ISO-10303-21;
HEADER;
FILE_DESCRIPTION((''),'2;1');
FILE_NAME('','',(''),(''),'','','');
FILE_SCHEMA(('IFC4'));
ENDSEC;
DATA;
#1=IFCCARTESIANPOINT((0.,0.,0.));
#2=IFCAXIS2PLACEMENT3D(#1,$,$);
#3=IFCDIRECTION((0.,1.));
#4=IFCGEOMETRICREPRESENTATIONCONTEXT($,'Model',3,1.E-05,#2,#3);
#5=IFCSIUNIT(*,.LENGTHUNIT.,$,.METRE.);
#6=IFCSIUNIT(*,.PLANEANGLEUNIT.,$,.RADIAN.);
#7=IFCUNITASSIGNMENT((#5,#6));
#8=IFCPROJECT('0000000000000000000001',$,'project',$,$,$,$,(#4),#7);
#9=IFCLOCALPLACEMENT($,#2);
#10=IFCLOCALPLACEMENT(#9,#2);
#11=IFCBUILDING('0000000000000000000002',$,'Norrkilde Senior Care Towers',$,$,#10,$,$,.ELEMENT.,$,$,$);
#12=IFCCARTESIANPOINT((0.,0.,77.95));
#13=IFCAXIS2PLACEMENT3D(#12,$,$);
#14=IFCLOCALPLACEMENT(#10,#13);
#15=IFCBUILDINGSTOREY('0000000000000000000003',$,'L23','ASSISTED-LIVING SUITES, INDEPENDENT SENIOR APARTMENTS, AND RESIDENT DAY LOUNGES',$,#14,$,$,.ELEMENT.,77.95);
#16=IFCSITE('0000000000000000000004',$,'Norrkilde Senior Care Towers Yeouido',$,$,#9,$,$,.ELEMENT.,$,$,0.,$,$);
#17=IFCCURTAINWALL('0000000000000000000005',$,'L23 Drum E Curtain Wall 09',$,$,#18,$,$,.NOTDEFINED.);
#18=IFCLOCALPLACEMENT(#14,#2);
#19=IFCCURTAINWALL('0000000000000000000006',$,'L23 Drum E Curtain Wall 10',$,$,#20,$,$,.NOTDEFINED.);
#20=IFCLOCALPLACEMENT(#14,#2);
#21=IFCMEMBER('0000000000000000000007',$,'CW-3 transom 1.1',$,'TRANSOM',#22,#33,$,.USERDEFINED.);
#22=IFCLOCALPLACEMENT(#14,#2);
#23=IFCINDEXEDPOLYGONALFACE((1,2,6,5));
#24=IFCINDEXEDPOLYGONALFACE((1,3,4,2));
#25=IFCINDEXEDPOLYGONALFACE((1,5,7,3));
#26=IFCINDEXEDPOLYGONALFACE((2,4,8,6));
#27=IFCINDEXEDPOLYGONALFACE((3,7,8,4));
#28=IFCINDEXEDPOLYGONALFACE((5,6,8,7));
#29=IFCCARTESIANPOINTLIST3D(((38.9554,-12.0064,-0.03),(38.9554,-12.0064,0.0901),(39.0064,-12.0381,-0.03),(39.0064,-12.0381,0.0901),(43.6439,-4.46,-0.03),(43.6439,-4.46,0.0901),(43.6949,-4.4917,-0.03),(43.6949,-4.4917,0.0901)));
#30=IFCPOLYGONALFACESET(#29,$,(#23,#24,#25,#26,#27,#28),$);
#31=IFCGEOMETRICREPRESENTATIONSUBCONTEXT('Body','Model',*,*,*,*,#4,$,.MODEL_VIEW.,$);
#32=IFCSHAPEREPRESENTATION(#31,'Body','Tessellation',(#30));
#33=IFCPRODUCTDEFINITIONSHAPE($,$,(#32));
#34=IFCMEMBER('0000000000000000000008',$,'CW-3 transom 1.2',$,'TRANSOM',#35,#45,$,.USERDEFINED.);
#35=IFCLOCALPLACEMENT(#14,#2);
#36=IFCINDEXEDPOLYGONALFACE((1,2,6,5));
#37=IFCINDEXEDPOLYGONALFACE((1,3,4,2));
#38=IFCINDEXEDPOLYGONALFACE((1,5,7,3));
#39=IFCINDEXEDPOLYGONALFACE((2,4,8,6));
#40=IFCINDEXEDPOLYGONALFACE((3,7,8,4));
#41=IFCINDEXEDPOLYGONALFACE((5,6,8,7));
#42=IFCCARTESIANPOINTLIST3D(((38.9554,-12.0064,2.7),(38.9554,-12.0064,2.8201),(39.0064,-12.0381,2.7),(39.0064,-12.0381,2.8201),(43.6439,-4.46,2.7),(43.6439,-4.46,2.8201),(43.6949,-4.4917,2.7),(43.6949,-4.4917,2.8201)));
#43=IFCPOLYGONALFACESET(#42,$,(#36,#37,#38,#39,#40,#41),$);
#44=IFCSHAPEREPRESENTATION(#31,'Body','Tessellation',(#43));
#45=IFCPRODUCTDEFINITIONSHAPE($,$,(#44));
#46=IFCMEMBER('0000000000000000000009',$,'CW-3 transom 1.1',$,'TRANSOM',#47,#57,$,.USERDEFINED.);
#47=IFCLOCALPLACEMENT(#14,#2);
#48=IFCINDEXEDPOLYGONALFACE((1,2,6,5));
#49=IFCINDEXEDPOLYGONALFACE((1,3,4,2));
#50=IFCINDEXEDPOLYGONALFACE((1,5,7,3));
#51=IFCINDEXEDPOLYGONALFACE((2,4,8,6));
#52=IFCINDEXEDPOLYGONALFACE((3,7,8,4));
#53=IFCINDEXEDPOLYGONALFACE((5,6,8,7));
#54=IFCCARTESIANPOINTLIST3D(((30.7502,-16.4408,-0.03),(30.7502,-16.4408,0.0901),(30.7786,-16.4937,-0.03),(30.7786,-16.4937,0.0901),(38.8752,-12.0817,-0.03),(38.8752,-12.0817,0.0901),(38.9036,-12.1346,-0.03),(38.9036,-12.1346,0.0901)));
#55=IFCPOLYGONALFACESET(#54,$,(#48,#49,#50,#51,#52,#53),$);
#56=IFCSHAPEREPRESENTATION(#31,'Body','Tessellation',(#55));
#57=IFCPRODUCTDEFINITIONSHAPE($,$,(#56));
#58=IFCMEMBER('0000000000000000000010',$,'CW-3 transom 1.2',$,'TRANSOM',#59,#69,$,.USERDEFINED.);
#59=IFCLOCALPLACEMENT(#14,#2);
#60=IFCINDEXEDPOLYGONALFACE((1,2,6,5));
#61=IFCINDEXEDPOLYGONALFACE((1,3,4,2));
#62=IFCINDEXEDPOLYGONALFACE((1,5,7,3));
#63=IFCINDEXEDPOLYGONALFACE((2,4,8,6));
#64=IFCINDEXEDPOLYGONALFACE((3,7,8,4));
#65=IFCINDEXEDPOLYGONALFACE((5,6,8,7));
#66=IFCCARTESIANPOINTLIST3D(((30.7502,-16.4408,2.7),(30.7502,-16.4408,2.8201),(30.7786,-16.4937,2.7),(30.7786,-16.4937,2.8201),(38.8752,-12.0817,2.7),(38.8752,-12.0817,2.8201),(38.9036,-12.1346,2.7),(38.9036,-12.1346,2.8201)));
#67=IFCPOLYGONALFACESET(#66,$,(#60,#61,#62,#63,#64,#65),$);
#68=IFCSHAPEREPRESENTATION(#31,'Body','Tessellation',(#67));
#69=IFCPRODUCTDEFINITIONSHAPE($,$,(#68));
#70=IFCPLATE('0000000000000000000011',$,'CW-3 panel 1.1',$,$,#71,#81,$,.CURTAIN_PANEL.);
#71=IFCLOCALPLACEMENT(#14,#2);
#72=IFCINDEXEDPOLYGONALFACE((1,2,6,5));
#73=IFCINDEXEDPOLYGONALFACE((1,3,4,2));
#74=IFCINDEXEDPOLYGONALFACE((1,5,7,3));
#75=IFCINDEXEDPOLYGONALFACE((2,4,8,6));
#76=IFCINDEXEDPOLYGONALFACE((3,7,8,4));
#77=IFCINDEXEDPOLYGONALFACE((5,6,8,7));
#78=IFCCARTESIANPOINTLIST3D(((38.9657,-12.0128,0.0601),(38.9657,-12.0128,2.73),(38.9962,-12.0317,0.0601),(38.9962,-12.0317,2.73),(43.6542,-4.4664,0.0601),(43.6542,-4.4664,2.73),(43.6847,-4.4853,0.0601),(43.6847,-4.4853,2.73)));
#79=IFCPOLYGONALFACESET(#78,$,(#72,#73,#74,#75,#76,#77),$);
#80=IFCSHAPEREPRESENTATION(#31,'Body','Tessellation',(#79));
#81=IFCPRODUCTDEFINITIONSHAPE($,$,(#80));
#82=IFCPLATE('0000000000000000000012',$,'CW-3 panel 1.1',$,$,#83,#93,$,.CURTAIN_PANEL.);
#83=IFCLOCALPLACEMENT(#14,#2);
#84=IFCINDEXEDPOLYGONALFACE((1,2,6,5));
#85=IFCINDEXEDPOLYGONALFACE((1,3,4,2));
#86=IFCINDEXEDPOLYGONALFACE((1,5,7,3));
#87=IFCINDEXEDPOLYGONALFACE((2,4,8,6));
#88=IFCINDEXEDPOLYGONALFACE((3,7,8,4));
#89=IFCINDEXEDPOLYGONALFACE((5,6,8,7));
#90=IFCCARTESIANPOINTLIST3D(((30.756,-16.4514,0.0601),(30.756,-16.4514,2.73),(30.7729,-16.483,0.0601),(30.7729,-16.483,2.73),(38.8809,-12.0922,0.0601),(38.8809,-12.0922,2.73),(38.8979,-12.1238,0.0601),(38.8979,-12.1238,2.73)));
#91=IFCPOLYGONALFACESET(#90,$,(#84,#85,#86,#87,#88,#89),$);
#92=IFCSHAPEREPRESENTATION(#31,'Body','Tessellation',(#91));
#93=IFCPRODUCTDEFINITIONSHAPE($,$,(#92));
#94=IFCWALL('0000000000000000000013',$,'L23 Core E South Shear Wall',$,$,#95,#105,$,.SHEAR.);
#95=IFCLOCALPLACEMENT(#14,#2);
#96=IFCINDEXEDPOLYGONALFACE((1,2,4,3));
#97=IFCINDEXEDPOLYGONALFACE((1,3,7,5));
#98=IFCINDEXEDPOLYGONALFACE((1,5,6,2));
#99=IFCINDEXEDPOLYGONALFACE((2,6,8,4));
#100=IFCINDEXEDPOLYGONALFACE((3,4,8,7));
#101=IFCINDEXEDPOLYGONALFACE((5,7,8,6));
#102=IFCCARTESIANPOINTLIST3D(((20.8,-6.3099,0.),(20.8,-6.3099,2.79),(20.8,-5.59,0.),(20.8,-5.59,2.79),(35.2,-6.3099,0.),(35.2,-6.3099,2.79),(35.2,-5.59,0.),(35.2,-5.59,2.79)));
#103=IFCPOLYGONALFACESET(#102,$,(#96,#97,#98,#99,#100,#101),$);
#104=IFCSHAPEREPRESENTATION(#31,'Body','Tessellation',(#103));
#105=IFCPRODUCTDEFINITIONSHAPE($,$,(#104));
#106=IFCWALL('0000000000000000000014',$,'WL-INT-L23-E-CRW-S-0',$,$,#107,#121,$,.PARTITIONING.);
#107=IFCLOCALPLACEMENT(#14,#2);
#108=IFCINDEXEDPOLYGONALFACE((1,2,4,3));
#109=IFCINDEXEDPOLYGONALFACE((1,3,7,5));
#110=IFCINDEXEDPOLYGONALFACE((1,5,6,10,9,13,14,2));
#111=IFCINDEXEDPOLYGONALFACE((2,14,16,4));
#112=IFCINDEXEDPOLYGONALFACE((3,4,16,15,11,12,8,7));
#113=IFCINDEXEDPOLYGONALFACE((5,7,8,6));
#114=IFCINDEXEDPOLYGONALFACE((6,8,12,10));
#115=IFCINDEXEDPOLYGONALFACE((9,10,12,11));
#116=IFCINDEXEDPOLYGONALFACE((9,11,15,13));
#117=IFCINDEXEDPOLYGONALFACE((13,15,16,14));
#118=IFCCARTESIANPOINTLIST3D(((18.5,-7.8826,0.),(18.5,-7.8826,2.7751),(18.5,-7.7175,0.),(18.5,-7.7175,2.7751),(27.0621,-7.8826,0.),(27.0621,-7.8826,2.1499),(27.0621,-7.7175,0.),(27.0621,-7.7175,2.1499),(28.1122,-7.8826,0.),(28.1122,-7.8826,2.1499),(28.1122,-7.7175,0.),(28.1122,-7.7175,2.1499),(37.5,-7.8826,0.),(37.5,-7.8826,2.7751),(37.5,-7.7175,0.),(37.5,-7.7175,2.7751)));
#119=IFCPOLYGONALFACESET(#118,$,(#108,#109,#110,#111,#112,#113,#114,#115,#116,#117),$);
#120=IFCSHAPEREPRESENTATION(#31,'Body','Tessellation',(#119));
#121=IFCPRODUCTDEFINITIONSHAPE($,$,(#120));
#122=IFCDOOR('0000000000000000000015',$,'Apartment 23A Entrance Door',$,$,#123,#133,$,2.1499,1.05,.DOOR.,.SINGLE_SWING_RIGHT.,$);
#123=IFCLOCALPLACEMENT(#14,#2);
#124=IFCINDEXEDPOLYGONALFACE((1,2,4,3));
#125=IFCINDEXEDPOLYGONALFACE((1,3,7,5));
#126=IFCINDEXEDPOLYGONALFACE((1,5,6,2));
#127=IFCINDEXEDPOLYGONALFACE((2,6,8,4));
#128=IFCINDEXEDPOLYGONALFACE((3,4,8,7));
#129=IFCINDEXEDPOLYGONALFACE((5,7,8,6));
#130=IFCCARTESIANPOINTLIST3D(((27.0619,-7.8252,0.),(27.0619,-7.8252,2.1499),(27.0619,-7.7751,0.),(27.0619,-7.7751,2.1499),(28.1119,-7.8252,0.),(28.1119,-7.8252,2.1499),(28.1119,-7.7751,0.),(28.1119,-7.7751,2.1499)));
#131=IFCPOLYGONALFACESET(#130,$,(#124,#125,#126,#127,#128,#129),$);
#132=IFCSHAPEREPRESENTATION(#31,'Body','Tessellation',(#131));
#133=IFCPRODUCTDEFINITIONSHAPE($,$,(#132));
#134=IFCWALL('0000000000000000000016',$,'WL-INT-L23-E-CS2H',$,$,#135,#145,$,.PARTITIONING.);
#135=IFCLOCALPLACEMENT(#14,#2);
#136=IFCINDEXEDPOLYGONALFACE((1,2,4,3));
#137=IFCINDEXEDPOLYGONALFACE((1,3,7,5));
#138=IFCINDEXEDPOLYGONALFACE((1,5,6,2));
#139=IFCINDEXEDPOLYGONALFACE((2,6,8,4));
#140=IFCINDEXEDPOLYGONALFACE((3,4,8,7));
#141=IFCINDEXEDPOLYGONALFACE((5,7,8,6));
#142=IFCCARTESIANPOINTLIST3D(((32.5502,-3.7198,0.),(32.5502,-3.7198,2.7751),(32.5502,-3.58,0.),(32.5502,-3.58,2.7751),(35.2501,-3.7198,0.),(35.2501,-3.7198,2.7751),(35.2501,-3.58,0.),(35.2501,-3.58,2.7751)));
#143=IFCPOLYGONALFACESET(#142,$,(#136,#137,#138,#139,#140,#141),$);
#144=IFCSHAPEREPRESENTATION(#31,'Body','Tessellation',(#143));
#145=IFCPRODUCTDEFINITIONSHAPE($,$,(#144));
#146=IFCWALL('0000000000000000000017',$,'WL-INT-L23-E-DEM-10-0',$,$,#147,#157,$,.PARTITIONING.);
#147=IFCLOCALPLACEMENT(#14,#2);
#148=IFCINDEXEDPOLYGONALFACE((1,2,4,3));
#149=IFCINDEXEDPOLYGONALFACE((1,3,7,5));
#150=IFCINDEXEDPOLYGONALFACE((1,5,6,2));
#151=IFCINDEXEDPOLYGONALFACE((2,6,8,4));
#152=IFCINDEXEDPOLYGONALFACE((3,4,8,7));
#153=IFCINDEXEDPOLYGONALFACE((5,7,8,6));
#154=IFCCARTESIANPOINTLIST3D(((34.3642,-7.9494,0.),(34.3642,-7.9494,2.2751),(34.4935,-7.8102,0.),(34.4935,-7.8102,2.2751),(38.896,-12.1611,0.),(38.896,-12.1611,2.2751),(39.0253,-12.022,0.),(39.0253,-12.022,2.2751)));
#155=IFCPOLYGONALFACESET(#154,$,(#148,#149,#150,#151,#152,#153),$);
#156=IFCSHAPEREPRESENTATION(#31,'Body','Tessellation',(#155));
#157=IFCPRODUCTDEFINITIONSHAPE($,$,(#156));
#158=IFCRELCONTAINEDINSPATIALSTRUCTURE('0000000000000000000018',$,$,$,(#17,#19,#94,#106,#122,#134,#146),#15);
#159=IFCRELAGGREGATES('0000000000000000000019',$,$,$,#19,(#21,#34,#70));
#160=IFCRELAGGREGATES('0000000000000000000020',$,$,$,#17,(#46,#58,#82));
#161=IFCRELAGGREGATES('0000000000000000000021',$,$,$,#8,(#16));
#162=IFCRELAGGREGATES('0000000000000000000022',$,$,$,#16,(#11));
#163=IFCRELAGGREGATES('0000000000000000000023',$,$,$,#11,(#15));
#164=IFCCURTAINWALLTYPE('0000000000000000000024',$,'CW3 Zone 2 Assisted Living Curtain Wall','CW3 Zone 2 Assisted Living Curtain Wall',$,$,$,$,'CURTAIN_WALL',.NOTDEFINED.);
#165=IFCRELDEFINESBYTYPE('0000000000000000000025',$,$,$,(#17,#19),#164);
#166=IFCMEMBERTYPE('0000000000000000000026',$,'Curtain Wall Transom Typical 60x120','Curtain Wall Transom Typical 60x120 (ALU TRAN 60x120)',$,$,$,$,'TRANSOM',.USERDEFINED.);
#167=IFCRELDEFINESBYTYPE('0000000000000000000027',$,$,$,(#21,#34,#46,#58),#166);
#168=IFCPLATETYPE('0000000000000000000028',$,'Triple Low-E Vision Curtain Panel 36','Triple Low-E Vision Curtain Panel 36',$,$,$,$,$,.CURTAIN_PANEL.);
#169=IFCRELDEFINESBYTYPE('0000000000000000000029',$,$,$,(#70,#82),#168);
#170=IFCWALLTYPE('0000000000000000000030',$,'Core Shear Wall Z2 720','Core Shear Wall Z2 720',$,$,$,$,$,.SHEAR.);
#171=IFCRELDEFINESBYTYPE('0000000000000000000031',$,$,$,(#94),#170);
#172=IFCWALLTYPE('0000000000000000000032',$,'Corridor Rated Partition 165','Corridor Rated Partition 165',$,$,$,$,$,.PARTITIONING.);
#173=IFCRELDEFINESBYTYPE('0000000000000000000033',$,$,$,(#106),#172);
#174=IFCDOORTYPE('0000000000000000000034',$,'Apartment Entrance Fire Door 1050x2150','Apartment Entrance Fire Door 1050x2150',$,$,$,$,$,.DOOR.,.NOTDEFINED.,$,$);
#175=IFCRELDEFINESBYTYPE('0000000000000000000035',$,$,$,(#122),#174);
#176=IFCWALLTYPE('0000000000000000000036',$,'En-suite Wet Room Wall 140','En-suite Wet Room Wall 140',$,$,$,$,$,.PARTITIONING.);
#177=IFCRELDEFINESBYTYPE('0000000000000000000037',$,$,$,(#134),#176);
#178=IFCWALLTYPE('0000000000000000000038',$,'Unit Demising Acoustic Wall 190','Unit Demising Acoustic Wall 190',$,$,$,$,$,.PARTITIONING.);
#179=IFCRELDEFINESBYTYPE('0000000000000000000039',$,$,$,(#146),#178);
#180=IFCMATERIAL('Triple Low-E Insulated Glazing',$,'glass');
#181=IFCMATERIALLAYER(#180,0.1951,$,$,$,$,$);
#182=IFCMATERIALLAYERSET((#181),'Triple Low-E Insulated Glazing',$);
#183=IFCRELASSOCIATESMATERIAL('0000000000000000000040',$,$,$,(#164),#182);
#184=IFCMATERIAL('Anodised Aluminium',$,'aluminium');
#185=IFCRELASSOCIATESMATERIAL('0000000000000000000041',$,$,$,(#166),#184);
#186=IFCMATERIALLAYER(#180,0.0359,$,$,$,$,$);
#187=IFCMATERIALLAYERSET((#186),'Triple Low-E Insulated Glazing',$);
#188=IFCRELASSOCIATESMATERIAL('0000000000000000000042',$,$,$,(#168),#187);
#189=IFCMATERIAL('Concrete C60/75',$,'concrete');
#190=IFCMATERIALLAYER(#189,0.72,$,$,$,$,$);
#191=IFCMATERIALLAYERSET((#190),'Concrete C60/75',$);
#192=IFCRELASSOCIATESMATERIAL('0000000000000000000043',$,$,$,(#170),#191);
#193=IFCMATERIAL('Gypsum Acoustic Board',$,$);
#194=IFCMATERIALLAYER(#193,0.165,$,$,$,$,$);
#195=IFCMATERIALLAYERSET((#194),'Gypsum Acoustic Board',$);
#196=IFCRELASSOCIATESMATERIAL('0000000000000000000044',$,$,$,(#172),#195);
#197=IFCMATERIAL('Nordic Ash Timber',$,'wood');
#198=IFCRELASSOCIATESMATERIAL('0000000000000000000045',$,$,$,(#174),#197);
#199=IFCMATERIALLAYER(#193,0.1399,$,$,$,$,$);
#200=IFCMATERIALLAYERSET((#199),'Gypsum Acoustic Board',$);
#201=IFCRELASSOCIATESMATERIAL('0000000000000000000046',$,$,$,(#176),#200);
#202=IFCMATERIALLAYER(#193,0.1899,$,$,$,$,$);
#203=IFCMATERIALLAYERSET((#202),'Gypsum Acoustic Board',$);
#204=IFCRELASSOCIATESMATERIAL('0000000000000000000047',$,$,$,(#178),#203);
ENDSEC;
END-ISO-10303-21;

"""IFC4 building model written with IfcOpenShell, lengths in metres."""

from ifc_helpers import new_model, si_unit, direction, frame, frame_2d, origin, origin_2d, place, context, subcontext, project, spatial, rectangle, extrude, source, transform, mapped, material, layer, layer_set, material_profile, profile_set, type_object, type_shapes, element, fill, aggregate, save


model = new_model("IFC4")

# Units and contexts
model_context = context("Model", 3, precision=1e-05, world=origin(), true_north=direction((0.0, 1.0)))
body_context = subcontext(model_context, "Body", "Model", "MODEL_VIEW")
ifc_project = project(units=[si_unit("LENGTHUNIT", "METRE"), si_unit("PLANEANGLEUNIT", "RADIAN")], contexts=[model_context])

# Site, building, storey
site_placement = place(None, origin())
site = spatial("IfcSite", under=ifc_project, at=site_placement, Name="Norrkilde Senior Care Towers Yeouido", CompositionType="ELEMENT", RefElevation=0.0)
building_placement = place(site_placement, origin())
building = spatial("IfcBuilding", under=site, at=building_placement, Name="Norrkilde Senior Care Towers", CompositionType="ELEMENT")
storey_placement = place(building_placement, frame((0.0, 0.0, 77.95)))
storey = spatial("IfcBuildingStorey", under=building, at=storey_placement, Name="L23", Description="ASSISTED-LIVING SUITES, INDEPENDENT SENIOR APARTMENTS, AND RESIDENT DAY LOUNGES", CompositionType="ELEMENT", Elevation=77.95)

# Shared definitions
ifc_material_1 = material(Name="Concrete C60/75", Category="concrete")

# Curtain wall
ifc_material_2 = material(Name="Triple Low-E Insulated Glazing", Category="glass")
ifc_layer_1 = layer(ifc_material_2, 0.1951)
ifc_layer_set_1 = layer_set([ifc_layer_1], Name="Triple Low-E Insulated Glazing")
curtain_wall_type = type_object("IfcCurtainWallType", Name="CW3 Zone 2 Assisted Living Curtain Wall", Description="CW3 Zone 2 Assisted Living Curtain Wall", ElementType="CURTAIN_WALL", PredefinedType="NOTDEFINED", material=ifc_layer_set_1)
curtain_wall_1_placement = place(storey_placement, origin())
curtain_wall_1 = element("IfcCurtainWall", 1, at=curtain_wall_1_placement, inside=storey, type_object=curtain_wall_type, Name="L23 Drum E Curtain Wall 09", PredefinedType="NOTDEFINED")
ifc_material_3 = material(Name="Anodised Aluminium", Category="aluminium")

# Curtain wall, members
curtain_wall_2_placement = place(storey_placement, origin())
curtain_wall_2 = element("IfcCurtainWall", 2, at=curtain_wall_2_placement, inside=storey, type_object=curtain_wall_type, Name="L23 Drum E Curtain Wall 10", PredefinedType="NOTDEFINED")
ifc_material_profile_1 = material_profile(ifc_material_3, rectangle(XDim=0.0601, YDim=0.1201, at=origin_2d()), Name="ALU TRAN 60x120")
ifc_profile_set_1 = profile_set([ifc_material_profile_1], Name="Anodised Aluminium")
member_type_1 = type_object("IfcMemberType", Name="Curtain Wall Transom Typical 60x120", Description="Curtain Wall Transom Typical 60x120 (ALU TRAN 60x120)", ElementType="TRANSOM", PredefinedType="USERDEFINED", material=ifc_profile_set_1)
shared_shape_1 = source(origin(), body_context, "Body", "SweptSolid", [
    extrude(rectangle(XDim=0.0601, YDim=0.1201, at=origin_2d()), origin(), (0.0, 0.0, 1.0), 8.8843),
])
member_1_placement = place(storey_placement, frame((43.6694, -4.4758, 0.03), z_axis=(-0.527729, -0.849413, 0.0), x_axis=(0.849413, -0.527729, 0.0)))
member_1 = element("IfcMember", 3, at=member_1_placement, type_object=member_type_1, Name="CW-3 transom 1.1", ObjectType="TRANSOM", PredefinedType="USERDEFINED", context=body_context, shape_type="MappedRepresentation", body=[
    mapped(shared_shape_1, transform((0.0, 0.0, 0.0), x_axis=(1.0, 0.0, 0.0), y_axis=(0.0, 1.0, 0.0), z_axis=(0.0, 0.0, 1.0), scale=1.0)),
])
member_2_placement = place(storey_placement, frame((43.6694, -4.4758, 2.76), z_axis=(-0.527729, -0.849413, 0.0), x_axis=(0.849413, -0.527729, 0.0)))
member_2 = element("IfcMember", 4, at=member_2_placement, type_object=member_type_1, Name="CW-3 transom 1.2", ObjectType="TRANSOM", PredefinedType="USERDEFINED", context=body_context, shape_type="MappedRepresentation", body=[
    mapped(shared_shape_1, transform((0.0, 0.0, 0.0), x_axis=(1.0, 0.0, 0.0), y_axis=(0.0, 1.0, 0.0), z_axis=(0.0, 0.0, 1.0), scale=1.0)),
])

# Members
shared_shape_2 = source(origin(), body_context, "Body", "SweptSolid", [
    extrude(rectangle(XDim=0.0601, YDim=0.1201, at=origin_2d()), origin(), (0.0, 0.0, 1.0), 9.2205),
])
type_shapes(member_type_1, [shared_shape_1, shared_shape_2])
member_3_placement = place(storey_placement, frame((38.8894, -12.1082, 0.03), z_axis=(-0.881189, -0.472765, 0.0), x_axis=(0.472765, -0.881189, 0.0)))
member_3 = element("IfcMember", 5, at=member_3_placement, type_object=member_type_1, Name="CW-3 transom 1.1", ObjectType="TRANSOM", PredefinedType="USERDEFINED", context=body_context, shape_type="MappedRepresentation", body=[
    mapped(shared_shape_2, transform((0.0, 0.0, 0.0), x_axis=(1.0, 0.0, 0.0), y_axis=(0.0, 1.0, 0.0), z_axis=(0.0, 0.0, 1.0), scale=1.0)),
])
member_4_placement = place(storey_placement, frame((38.8894, -12.1082, 2.76), z_axis=(-0.881189, -0.472765, 0.0), x_axis=(0.472765, -0.881189, 0.0)))
member_4 = element("IfcMember", 6, at=member_4_placement, type_object=member_type_1, Name="CW-3 transom 1.2", ObjectType="TRANSOM", PredefinedType="USERDEFINED", context=body_context, shape_type="MappedRepresentation", body=[
    mapped(shared_shape_2, transform((0.0, 0.0, 0.0), x_axis=(1.0, 0.0, 0.0), y_axis=(0.0, 1.0, 0.0), z_axis=(0.0, 0.0, 1.0), scale=1.0)),
])

# Plates
ifc_layer_2 = layer(ifc_material_2, 0.0359)
ifc_layer_set_2 = layer_set([ifc_layer_2], Name="Triple Low-E Insulated Glazing")
plate_type = type_object("IfcPlateType", Name="Triple Low-E Vision Curtain Panel 36", Description="Triple Low-E Vision Curtain Panel 36", PredefinedType="CURTAIN_PANEL", material=ifc_layer_set_2)
shared_shape_3 = source(origin(), body_context, "Body", "SweptSolid", [
    extrude(rectangle(XDim=8.8843, YDim=0.0359, at=origin_2d()), origin(), (0.0, 0.0, 1.0), 2.6699),
])
plate_1_placement = place(storey_placement, frame((41.3252, -8.249, 0.0601), z_axis=(0.0, 0.0, 1.0), x_axis=(-0.527733, -0.84941, 0.0)))
plate_1 = element("IfcPlate", 7, at=plate_1_placement, type_object=plate_type, Name="CW-3 panel 1.1", PredefinedType="CURTAIN_PANEL", context=body_context, shape_type="MappedRepresentation", body=[
    mapped(shared_shape_3, transform((0.0, 0.0, 0.0), x_axis=(1.0, 0.0, 0.0), y_axis=(0.0, 1.0, 0.0), z_axis=(0.0, 0.0, 1.0), scale=1.0)),
])
aggregate(curtain_wall_2, [member_1, member_2, plate_1])
shared_shape_4 = source(origin(), body_context, "Body", "SweptSolid", [
    extrude(rectangle(XDim=9.2205, YDim=0.0359, at=origin_2d()), origin(), (0.0, 0.0, 1.0), 2.6699),
])
type_shapes(plate_type, [shared_shape_3, shared_shape_4])
plate_2_placement = place(storey_placement, frame((34.8269, -14.2876, 0.0601), z_axis=(0.0, 0.0, 1.0), x_axis=(-0.881186, -0.472769, 0.0)))
plate_2 = element("IfcPlate", 8, at=plate_2_placement, type_object=plate_type, Name="CW-3 panel 1.1", PredefinedType="CURTAIN_PANEL", context=body_context, shape_type="MappedRepresentation", body=[
    mapped(shared_shape_4, transform((0.0, 0.0, 0.0), x_axis=(1.0, 0.0, 0.0), y_axis=(0.0, 1.0, 0.0), z_axis=(0.0, 0.0, 1.0), scale=1.0)),
])
aggregate(curtain_wall_1, [member_3, member_4, plate_2])

# Wall
ifc_layer_3 = layer(ifc_material_1, 0.72)
ifc_layer_set_3 = layer_set([ifc_layer_3], Name="Concrete C60/75")
wall_type_1 = type_object("IfcWallType", Name="Core Shear Wall Z2 720", Description="Core Shear Wall Z2 720", PredefinedType="SHEAR", material=ifc_layer_set_3)
shared_shape_5 = source(origin(), body_context, "Body", "SweptSolid", [
    extrude(rectangle(XDim=14.3999, YDim=0.72, at=frame_2d((7.2, 0.0))), origin(), (0.0, 0.0, 1.0), 2.79),
])
type_shapes(wall_type_1, [shared_shape_5])
wall_1_placement = place(storey_placement, frame((35.2, -5.95, 0.0), z_axis=(0.0, 0.0, 1.0), x_axis=(-1.0, 0.0, 0.0)))
element("IfcWall", 9, at=wall_1_placement, inside=storey, type_object=wall_type_1, Name="L23 Core E South Shear Wall", PredefinedType="SHEAR", context=body_context, shape_type="MappedRepresentation", body=[
    mapped(shared_shape_5, transform((0.0, 0.0, 0.0), x_axis=(1.0, 0.0, 0.0), y_axis=(0.0, 1.0, 0.0), z_axis=(0.0, 0.0, 1.0), scale=1.0)),
])

# Wall, opening, door
ifc_material_4 = material(Name="Gypsum Acoustic Board")
ifc_layer_4 = layer(ifc_material_4, 0.165)
ifc_layer_set_4 = layer_set([ifc_layer_4], Name="Gypsum Acoustic Board")
wall_type_2 = type_object("IfcWallType", Name="Corridor Rated Partition 165", Description="Corridor Rated Partition 165", PredefinedType="PARTITIONING", material=ifc_layer_set_4)
shared_shape_6 = source(origin(), body_context, "Body", "SweptSolid", [
    extrude(rectangle(XDim=19.0, YDim=0.165, at=frame_2d((9.5, 0.0))), origin(), (0.0, 0.0, 1.0), 2.7751),
])
type_shapes(wall_type_2, [shared_shape_6])
wall_2_placement = place(storey_placement, frame((37.5, -7.8, 0.0), z_axis=(0.0, 0.0, 1.0), x_axis=(-1.0, 0.0, 0.0)))
wall_2 = element("IfcWall", 10, at=wall_2_placement, inside=storey, type_object=wall_type_2, Name="WL-INT-L23-E-CRW-S-0", PredefinedType="PARTITIONING", context=body_context, shape_type="MappedRepresentation", body=[
    mapped(shared_shape_6, transform((0.0, 0.0, 0.0), x_axis=(1.0, 0.0, 0.0), y_axis=(0.0, 1.0, 0.0), z_axis=(0.0, 0.0, 1.0), scale=1.0)),
])
opening_1_placement = place(wall_2_placement, frame((9.3879, 0.0, 0.0)))
opening_1 = element("IfcOpeningElement", 11, at=opening_1_placement, cuts=wall_2, PredefinedType="OPENING", context=body_context, shape_type="SweptSolid", body=[
    extrude(rectangle(XDim=1.05, YDim=2.1499, at=frame_2d((0.5249, 1.075))), frame((0.0, 0.0925, 0.0), z_axis=(0.0, -1.0, 0.0), x_axis=(1.0, 0.0, 0.0)), (0.0, 0.0, 1.0), 0.1851),
])
ifc_material_5 = material(Name="Nordic Ash Timber", Category="wood")
door_type_1 = type_object("IfcDoorType", Name="Apartment Entrance Fire Door 1050x2150", Description="Apartment Entrance Fire Door 1050x2150", OperationType="NOTDEFINED", PredefinedType="DOOR", material=ifc_material_5)
shared_shape_7 = source(origin(), body_context, "Body", "SweptSolid", [
    extrude(rectangle(XDim=1.05, YDim=2.1499, at=frame_2d((0.5249, 1.075))), frame((0.0, 0.0249, 0.0), z_axis=(0.0, -1.0, 0.0), x_axis=(1.0, 0.0, 0.0)), (0.0, 0.0, 1.0), 0.05),
])
type_shapes(door_type_1, [shared_shape_7])
door_1_placement = place(opening_1_placement, frame((1.05, 0.0, 0.0), z_axis=(0.0, 0.0, 1.0), x_axis=(-1.0, 0.0, 0.0)))
door_1 = element("IfcDoor", 12, at=door_1_placement, inside=storey, type_object=door_type_1, Name="Apartment 23A Entrance Door", OperationType="SINGLE_SWING_RIGHT", OverallHeight=2.1499, OverallWidth=1.05, PredefinedType="DOOR", context=body_context, shape_type="MappedRepresentation", body=[
    mapped(shared_shape_7, transform((0.0, 0.0, 0.0), x_axis=(1.0, 0.0, 0.0), y_axis=(0.0, 1.0, 0.0), z_axis=(0.0, 0.0, 1.0), scale=1.0)),
])
fill(opening_1, door_1)

# Walls
ifc_layer_5 = layer(ifc_material_4, 0.1399)
ifc_layer_set_5 = layer_set([ifc_layer_5], Name="Gypsum Acoustic Board")
wall_type_3 = type_object("IfcWallType", Name="En-suite Wet Room Wall 140", Description="En-suite Wet Room Wall 140", PredefinedType="PARTITIONING", material=ifc_layer_set_5)
shared_shape_8 = source(origin(), body_context, "Body", "SweptSolid", [
    extrude(rectangle(XDim=2.7, YDim=0.1399, at=frame_2d((1.3501, 0.0))), origin(), (0.0, 0.0, 1.0), 2.7751),
])
wall_3_placement = place(storey_placement, frame((32.55, -3.6499, 0.0), z_axis=(0.0, 0.0, 1.0), x_axis=(1.0, 0.0, 0.0)))
element("IfcWall", 13, at=wall_3_placement, inside=storey, type_object=wall_type_3, Name="WL-INT-L23-E-CS2H", PredefinedType="PARTITIONING", context=body_context, shape_type="MappedRepresentation", body=[
    mapped(shared_shape_8, transform((0.0, 0.0, 0.0), x_axis=(1.0, 0.0, 0.0), y_axis=(0.0, 1.0, 0.0), z_axis=(0.0, 0.0, 1.0), scale=1.0)),
])
ifc_layer_6 = layer(ifc_material_4, 0.1899)
ifc_layer_set_6 = layer_set([ifc_layer_6], Name="Gypsum Acoustic Board")
wall_type_4 = type_object("IfcWallType", Name="Unit Demising Acoustic Wall 190", Description="Unit Demising Acoustic Wall 190", PredefinedType="PARTITIONING", material=ifc_layer_set_6)
shared_shape_9 = source(origin(), body_context, "Body", "SweptSolid", [
    extrude(rectangle(XDim=6.1868, YDim=0.1899, at=frame_2d((3.0933, 0.0))), origin(), (0.0, 0.0, 1.0), 2.2751),
])
type_shapes(wall_type_4, [shared_shape_9])
wall_4_placement = place(storey_placement, frame((34.429, -7.8799, 0.0), z_axis=(0.0, 0.0, 1.0), x_axis=(0.732501, -0.680766, 0.0)))
element("IfcWall", 14, at=wall_4_placement, inside=storey, type_object=wall_type_4, Name="WL-INT-L23-E-DEM-10-0", PredefinedType="PARTITIONING", context=body_context, shape_type="MappedRepresentation", body=[
    mapped(shared_shape_9, transform((0.0, 0.0, 0.0), x_axis=(1.0, 0.0, 0.0), y_axis=(0.0, 1.0, 0.0), z_axis=(0.0, 0.0, 1.0), scale=1.0)),
])

save(model, "model.ifc")
